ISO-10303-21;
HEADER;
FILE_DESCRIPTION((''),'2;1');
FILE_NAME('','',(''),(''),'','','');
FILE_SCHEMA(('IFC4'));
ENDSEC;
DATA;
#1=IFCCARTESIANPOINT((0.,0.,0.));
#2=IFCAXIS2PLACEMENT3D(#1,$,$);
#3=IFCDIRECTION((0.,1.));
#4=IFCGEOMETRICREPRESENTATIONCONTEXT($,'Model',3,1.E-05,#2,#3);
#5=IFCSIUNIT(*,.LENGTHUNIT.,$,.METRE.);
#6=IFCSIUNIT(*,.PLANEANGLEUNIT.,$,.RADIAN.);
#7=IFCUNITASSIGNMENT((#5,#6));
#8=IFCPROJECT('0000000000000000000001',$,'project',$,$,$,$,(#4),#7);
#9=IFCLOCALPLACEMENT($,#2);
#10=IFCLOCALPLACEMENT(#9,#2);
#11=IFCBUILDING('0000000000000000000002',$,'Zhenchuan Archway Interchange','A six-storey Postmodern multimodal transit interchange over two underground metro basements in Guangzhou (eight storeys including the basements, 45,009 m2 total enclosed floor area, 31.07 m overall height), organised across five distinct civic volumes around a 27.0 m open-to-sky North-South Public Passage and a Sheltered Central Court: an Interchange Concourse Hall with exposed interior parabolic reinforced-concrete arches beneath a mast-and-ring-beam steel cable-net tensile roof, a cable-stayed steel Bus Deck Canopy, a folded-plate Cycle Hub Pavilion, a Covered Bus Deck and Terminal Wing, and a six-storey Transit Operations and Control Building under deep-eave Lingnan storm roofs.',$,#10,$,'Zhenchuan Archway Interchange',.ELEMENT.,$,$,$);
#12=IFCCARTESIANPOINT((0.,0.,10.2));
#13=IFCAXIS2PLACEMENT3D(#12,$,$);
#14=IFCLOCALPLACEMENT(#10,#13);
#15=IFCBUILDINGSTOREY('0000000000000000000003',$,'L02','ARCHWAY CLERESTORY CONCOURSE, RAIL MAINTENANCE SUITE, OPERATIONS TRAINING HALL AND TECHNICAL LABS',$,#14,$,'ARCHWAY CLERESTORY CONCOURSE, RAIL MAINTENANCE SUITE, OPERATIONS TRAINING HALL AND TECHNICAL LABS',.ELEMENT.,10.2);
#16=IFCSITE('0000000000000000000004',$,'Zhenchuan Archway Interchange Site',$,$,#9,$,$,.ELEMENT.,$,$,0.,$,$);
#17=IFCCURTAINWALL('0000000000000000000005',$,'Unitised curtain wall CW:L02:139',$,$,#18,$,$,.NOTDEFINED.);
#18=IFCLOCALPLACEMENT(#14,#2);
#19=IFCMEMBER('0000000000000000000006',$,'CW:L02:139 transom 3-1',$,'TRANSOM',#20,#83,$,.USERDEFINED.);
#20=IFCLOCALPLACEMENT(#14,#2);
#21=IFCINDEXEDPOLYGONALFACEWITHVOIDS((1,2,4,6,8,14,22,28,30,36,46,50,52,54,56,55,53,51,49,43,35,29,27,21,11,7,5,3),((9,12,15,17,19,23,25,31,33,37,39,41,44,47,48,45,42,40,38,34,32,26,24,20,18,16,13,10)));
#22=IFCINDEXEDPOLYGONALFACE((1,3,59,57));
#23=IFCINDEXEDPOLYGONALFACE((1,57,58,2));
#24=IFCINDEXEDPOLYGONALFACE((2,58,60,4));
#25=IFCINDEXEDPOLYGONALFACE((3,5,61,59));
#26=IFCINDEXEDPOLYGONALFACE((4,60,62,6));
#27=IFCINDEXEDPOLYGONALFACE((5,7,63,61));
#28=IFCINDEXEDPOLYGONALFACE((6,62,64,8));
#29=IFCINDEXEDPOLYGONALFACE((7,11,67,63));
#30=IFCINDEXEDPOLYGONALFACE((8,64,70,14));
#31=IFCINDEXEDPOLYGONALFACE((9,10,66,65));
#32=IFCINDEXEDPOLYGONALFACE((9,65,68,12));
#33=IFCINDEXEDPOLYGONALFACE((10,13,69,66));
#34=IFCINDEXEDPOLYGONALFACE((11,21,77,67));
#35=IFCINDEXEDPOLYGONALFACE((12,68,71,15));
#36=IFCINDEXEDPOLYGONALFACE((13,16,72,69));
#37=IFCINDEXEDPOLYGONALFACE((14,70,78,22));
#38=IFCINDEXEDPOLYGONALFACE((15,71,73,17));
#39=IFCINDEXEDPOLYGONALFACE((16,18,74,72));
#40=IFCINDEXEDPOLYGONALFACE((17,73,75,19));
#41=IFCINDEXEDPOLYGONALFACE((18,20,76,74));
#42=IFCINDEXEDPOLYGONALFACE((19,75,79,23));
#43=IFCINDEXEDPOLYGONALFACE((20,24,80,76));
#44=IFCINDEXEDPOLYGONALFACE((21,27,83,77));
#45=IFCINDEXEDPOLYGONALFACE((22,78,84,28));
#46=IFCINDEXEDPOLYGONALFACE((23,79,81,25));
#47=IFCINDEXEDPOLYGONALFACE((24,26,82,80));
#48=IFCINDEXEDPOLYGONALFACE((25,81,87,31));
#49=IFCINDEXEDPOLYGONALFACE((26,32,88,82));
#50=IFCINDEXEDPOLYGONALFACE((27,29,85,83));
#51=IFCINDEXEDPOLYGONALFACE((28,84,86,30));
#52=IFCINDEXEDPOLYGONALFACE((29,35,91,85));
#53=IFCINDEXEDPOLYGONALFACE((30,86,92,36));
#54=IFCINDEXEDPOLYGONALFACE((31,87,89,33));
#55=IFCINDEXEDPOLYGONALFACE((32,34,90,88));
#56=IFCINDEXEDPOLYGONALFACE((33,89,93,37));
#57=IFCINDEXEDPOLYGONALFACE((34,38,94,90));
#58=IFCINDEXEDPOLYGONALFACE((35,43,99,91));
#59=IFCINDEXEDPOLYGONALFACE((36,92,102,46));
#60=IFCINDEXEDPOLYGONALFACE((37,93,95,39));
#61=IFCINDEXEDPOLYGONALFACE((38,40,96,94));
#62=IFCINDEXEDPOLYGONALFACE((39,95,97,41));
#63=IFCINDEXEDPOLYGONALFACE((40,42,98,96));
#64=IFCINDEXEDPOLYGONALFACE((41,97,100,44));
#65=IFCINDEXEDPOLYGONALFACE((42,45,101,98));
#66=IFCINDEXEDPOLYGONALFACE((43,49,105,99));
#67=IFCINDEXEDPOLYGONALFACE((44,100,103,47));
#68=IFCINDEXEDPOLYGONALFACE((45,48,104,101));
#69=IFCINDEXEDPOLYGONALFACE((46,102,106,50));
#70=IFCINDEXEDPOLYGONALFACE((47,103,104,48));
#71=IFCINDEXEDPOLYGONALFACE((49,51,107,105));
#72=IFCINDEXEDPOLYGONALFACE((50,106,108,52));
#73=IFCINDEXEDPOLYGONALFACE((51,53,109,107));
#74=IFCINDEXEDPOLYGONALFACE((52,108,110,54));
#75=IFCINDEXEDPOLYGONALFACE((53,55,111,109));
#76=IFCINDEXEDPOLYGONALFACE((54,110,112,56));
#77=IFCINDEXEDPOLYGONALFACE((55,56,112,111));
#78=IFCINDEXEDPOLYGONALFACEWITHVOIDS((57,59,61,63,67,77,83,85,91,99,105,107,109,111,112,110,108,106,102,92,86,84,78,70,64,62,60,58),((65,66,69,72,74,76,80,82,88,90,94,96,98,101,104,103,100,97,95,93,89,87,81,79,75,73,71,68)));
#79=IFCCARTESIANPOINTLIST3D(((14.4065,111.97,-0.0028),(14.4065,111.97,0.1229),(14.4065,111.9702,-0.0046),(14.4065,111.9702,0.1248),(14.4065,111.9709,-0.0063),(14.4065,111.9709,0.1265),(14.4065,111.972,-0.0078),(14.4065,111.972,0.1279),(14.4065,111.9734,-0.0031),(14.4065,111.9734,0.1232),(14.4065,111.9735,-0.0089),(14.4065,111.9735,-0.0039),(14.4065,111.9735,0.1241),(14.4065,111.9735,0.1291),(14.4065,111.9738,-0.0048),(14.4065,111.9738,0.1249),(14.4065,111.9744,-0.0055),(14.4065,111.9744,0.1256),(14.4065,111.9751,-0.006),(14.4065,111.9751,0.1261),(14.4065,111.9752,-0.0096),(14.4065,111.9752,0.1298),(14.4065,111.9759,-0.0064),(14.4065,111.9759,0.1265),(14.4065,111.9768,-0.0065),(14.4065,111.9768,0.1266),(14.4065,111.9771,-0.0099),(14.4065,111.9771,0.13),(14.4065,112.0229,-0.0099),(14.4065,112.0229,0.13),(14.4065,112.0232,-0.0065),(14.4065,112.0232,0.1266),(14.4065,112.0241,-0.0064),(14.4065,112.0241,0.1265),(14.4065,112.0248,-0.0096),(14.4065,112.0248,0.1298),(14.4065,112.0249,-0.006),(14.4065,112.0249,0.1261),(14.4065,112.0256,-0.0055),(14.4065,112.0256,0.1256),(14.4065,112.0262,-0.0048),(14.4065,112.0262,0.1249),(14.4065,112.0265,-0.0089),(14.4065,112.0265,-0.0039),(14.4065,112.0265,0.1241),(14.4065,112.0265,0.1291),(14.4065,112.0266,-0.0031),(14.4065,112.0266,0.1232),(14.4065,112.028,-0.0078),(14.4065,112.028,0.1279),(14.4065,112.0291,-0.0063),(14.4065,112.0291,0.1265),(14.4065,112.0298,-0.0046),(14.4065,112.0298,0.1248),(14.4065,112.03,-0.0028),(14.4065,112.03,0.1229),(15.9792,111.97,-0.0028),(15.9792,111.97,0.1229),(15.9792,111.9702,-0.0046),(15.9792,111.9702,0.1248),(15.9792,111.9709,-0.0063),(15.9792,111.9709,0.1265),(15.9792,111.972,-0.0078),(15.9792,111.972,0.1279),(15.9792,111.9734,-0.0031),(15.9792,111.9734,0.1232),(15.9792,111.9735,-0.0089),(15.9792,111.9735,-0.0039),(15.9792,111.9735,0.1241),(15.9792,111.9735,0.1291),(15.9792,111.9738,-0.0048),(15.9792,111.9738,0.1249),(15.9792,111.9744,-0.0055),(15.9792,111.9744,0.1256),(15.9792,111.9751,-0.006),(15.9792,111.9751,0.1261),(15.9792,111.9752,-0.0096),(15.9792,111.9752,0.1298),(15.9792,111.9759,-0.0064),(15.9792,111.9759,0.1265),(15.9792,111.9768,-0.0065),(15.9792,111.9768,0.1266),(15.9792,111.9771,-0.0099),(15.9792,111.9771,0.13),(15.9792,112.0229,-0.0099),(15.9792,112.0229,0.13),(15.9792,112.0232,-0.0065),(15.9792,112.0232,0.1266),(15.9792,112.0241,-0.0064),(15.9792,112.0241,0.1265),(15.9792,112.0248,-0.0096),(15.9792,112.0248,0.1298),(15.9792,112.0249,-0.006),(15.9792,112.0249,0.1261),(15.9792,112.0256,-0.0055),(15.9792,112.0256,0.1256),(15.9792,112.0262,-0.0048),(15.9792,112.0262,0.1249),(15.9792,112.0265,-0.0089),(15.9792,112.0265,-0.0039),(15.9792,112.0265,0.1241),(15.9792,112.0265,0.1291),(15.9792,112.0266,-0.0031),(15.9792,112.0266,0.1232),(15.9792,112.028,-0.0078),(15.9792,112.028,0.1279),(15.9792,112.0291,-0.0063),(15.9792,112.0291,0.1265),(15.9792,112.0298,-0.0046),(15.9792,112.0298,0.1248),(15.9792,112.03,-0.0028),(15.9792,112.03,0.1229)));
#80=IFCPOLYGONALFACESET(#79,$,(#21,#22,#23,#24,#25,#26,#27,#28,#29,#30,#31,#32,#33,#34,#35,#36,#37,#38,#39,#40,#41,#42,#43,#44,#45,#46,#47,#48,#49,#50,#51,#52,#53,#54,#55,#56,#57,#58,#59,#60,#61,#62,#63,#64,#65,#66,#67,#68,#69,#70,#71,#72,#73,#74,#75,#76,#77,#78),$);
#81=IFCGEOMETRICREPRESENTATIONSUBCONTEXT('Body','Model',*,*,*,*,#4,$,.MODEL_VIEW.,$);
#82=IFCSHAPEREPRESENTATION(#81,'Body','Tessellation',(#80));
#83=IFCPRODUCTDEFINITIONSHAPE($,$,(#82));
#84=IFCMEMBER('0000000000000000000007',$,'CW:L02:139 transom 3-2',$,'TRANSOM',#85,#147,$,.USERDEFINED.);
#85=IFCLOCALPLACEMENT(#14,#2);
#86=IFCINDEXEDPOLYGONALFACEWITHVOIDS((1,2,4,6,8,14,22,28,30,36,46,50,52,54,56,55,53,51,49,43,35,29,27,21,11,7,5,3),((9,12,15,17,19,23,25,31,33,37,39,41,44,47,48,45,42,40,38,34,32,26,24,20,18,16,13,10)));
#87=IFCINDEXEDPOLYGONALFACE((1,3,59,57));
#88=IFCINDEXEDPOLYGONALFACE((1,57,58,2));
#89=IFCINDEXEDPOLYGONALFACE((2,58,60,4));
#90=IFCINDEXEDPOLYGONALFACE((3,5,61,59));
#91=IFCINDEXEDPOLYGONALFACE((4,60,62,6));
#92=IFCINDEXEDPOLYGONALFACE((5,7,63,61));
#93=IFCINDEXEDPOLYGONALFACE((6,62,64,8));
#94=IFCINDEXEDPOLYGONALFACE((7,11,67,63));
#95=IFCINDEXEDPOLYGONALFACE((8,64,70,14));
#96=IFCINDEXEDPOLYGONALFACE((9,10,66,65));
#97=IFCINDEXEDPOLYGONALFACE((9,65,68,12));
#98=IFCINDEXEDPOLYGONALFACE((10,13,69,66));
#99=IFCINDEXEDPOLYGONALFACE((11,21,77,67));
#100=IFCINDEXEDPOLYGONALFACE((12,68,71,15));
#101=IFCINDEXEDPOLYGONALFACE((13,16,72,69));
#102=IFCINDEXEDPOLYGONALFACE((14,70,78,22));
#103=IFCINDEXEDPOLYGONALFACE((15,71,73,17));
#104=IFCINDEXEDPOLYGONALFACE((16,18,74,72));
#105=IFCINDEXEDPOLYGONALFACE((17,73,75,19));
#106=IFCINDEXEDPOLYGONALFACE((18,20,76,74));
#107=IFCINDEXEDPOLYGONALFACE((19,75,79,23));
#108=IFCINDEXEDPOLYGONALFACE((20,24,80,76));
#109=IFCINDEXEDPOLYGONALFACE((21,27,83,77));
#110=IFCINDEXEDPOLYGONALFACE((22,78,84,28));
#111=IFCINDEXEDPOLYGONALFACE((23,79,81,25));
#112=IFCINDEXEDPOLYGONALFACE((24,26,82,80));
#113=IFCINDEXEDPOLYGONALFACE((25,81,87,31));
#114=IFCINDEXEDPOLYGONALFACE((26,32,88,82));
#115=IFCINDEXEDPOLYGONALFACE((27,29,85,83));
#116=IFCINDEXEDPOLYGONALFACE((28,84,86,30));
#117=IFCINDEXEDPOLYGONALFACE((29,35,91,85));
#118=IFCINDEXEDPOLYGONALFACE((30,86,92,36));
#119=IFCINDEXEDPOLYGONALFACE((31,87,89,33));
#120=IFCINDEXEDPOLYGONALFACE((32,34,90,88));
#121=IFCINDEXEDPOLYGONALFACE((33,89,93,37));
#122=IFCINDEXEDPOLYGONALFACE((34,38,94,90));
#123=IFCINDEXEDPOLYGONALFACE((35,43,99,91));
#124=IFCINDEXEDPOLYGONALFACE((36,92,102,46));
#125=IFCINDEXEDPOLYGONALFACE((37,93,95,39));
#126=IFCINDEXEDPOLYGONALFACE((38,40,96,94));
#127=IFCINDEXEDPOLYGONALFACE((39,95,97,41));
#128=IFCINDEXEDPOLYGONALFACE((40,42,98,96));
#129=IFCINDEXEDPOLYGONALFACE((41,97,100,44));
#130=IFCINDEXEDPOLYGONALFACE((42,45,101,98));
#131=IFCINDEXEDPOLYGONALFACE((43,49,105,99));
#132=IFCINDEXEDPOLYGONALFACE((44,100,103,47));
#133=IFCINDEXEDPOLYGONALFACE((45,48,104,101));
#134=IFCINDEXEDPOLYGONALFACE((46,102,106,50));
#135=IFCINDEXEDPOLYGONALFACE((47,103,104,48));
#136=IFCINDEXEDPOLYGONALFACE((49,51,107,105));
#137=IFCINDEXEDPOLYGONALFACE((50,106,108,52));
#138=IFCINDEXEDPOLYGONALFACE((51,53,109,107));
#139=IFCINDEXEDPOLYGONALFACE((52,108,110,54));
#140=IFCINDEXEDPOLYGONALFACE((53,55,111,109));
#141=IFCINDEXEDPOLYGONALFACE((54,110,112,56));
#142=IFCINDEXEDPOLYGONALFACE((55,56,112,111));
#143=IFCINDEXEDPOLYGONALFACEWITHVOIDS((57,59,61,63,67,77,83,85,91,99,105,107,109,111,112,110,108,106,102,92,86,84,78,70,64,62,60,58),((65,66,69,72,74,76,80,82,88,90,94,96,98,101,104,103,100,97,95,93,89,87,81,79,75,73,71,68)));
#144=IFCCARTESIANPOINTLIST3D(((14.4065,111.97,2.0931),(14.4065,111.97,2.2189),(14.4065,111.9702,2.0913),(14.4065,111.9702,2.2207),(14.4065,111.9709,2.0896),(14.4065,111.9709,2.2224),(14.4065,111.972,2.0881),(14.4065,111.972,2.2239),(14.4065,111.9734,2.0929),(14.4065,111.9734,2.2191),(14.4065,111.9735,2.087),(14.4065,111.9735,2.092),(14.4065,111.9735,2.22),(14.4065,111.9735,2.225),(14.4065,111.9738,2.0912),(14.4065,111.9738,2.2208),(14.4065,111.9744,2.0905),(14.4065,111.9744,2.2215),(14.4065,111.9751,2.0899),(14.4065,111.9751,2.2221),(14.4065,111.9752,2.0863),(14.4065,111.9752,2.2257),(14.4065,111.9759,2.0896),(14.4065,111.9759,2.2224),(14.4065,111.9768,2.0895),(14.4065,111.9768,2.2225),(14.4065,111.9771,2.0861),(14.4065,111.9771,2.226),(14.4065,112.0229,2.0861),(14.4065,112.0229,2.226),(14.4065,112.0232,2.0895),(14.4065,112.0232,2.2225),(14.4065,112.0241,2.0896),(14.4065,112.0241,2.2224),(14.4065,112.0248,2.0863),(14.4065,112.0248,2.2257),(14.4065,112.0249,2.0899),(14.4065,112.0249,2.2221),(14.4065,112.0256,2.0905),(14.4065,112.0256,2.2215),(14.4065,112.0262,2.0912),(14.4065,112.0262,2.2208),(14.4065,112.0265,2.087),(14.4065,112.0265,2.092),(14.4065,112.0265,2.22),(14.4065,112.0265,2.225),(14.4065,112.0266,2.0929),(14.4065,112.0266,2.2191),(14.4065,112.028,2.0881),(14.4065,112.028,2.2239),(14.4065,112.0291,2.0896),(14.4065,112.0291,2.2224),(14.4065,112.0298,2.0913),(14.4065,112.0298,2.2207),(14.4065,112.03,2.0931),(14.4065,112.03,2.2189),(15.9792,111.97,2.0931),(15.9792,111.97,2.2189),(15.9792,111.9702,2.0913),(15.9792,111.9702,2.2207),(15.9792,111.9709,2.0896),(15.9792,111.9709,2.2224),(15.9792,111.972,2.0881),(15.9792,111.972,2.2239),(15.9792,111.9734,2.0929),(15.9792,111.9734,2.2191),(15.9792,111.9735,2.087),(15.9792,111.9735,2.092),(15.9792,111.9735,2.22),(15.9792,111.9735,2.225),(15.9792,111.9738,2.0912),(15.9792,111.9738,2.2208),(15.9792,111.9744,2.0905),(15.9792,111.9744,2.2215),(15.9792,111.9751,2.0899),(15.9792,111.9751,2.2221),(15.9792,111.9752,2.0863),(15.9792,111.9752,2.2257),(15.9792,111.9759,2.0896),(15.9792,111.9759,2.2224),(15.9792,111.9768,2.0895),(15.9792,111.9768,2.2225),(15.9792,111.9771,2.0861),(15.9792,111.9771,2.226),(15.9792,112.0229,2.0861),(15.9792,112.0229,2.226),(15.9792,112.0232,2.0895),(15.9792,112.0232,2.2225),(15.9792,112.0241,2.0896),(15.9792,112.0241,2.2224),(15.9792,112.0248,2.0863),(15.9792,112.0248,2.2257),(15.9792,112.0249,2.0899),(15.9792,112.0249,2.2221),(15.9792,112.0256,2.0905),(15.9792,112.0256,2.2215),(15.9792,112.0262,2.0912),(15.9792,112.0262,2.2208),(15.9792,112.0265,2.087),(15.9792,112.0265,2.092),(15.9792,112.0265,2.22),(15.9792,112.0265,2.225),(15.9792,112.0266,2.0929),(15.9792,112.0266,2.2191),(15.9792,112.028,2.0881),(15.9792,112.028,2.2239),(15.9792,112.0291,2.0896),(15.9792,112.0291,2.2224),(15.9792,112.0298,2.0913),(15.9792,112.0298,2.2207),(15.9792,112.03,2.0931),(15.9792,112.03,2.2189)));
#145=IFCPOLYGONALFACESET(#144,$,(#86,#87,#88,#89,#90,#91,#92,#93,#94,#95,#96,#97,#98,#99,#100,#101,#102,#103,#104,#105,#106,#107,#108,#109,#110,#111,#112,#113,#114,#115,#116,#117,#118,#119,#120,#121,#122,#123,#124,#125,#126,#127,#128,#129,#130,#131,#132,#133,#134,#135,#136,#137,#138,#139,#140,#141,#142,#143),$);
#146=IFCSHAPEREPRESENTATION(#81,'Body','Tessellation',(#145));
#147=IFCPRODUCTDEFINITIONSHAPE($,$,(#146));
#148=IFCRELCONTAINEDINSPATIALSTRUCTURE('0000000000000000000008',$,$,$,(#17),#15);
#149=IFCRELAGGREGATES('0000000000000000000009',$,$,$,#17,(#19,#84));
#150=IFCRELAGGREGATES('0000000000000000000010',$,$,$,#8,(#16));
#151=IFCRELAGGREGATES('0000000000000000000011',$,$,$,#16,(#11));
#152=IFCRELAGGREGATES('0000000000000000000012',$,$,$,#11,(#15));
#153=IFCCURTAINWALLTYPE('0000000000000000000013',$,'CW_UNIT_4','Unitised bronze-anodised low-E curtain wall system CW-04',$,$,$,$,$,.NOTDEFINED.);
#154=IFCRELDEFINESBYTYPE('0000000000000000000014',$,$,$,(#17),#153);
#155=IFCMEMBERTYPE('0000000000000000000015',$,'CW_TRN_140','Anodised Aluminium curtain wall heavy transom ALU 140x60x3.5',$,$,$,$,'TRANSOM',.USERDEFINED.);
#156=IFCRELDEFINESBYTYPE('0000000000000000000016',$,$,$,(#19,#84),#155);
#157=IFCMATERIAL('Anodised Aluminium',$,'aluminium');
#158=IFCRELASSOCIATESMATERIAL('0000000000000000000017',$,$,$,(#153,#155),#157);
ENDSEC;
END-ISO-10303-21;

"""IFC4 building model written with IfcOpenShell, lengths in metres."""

from ifc_helpers import new_model, si_unit, direction, frame, origin, origin_2d, place, context, subcontext, project, spatial, hollow_rectangle, extrude, material, material_profile, profile_set, type_object, element, aggregate, save


model = new_model("IFC4")

# Units and contexts
model_context = context("Model", 3, precision=1e-05, world=origin(), true_north=direction((0.0, 1.0)))
body_context = subcontext(model_context, "Body", "Model", "MODEL_VIEW")
ifc_project = project(units=[si_unit("LENGTHUNIT", "METRE"), si_unit("PLANEANGLEUNIT", "RADIAN")], contexts=[model_context])

# Site, building, storey
site_placement = place(None, origin())
site = spatial("IfcSite", under=ifc_project, at=site_placement, Name="Zhenchuan Archway Interchange Site", CompositionType="ELEMENT", RefElevation=0.0)
building_placement = place(site_placement, origin())
building = spatial("IfcBuilding", under=site, at=building_placement, Name="Zhenchuan Archway Interchange", Description="A six-storey Postmodern multimodal transit interchange over two underground metro basements in Guangzhou (eight storeys including the basements, 45,009 m2 total enclosed floor area, 31.07 m overall height), organised across five distinct civic volumes around a 27.0 m open-to-sky North-South Public Passage and a Sheltered Central Court: an Interchange Concourse Hall with exposed interior parabolic reinforced-concrete arches beneath a mast-and-ring-beam steel cable-net tensile roof, a cable-stayed steel Bus Deck Canopy, a folded-plate Cycle Hub Pavilion, a Covered Bus Deck and Terminal Wing, and a six-storey Transit Operations and Control Building under deep-eave Lingnan storm roofs.", LongName="Zhenchuan Archway Interchange", CompositionType="ELEMENT")
storey_placement = place(building_placement, frame((0.0, 0.0, 10.2)))
storey = spatial("IfcBuildingStorey", under=building, at=storey_placement, Name="L02", Description="ARCHWAY CLERESTORY CONCOURSE, RAIL MAINTENANCE SUITE, OPERATIONS TRAINING HALL AND TECHNICAL LABS", LongName="ARCHWAY CLERESTORY CONCOURSE, RAIL MAINTENANCE SUITE, OPERATIONS TRAINING HALL AND TECHNICAL LABS", CompositionType="ELEMENT", Elevation=10.2)

# Curtain wall
ifc_material_1 = material(Name="Anodised Aluminium", Category="aluminium")
curtain_wall_type_1 = type_object("IfcCurtainWallType", Name="CW_UNIT_4", Description="Unitised bronze-anodised low-E curtain wall system CW-04", PredefinedType="NOTDEFINED", material=ifc_material_1)
curtain_wall_1_placement = place(storey_placement, origin())
curtain_wall_1 = element("IfcCurtainWall", 1, at=curtain_wall_1_placement, inside=storey, type_object=curtain_wall_type_1, Name="Unitised curtain wall CW:L02:139", PredefinedType="NOTDEFINED")

# Members
ifc_material_profile_1 = material_profile(ifc_material_1, hollow_rectangle(XDim=0.0601, YDim=0.1399, WallThickness=0.0034, InnerFilletRadius=0.0034, OuterFilletRadius=0.0071, at=origin_2d()), Name="ALU 140x60x3.5")
ifc_profile_set_1 = profile_set([ifc_material_profile_1], Name="Anodised Aluminium")
member_type_1 = type_object("IfcMemberType", Name="CW_TRN_140", Description="Anodised Aluminium curtain wall heavy transom ALU 140x60x3.5", ElementType="TRANSOM", PredefinedType="USERDEFINED", material=ifc_profile_set_1)
member_1_placement = place(storey_placement, frame((14.4065, 112.0, 0.0601), z_axis=(1.0, 0.0, 0.0), x_axis=(0.0, 1.0, 0.0)))
member_1 = element("IfcMember", 2, at=member_1_placement, type_object=member_type_1, Name="CW:L02:139 transom 3-1", ObjectType="TRANSOM", PredefinedType="USERDEFINED", context=body_context, shape_type="SweptSolid", body=[
    extrude(hollow_rectangle(XDim=0.0601, YDim=0.1399, WallThickness=0.0034, InnerFilletRadius=0.0034, OuterFilletRadius=0.0071, at=origin_2d()), origin(), (0.0, 0.0, 1.0), 1.5728),
])
member_2_placement = place(storey_placement, frame((14.4065, 112.0, 2.156), z_axis=(1.0, 0.0, 0.0), x_axis=(0.0, 1.0, 0.0)))
member_2 = element("IfcMember", 3, at=member_2_placement, type_object=member_type_1, Name="CW:L02:139 transom 3-2", ObjectType="TRANSOM", PredefinedType="USERDEFINED", context=body_context, shape_type="SweptSolid", body=[
    extrude(hollow_rectangle(XDim=0.0601, YDim=0.1399, WallThickness=0.0034, InnerFilletRadius=0.0034, OuterFilletRadius=0.0071, at=origin_2d()), origin(), (0.0, 0.0, 1.0), 1.5728),
])

aggregate(curtain_wall_1, [member_1, member_2])

save(model, "model.ifc")
